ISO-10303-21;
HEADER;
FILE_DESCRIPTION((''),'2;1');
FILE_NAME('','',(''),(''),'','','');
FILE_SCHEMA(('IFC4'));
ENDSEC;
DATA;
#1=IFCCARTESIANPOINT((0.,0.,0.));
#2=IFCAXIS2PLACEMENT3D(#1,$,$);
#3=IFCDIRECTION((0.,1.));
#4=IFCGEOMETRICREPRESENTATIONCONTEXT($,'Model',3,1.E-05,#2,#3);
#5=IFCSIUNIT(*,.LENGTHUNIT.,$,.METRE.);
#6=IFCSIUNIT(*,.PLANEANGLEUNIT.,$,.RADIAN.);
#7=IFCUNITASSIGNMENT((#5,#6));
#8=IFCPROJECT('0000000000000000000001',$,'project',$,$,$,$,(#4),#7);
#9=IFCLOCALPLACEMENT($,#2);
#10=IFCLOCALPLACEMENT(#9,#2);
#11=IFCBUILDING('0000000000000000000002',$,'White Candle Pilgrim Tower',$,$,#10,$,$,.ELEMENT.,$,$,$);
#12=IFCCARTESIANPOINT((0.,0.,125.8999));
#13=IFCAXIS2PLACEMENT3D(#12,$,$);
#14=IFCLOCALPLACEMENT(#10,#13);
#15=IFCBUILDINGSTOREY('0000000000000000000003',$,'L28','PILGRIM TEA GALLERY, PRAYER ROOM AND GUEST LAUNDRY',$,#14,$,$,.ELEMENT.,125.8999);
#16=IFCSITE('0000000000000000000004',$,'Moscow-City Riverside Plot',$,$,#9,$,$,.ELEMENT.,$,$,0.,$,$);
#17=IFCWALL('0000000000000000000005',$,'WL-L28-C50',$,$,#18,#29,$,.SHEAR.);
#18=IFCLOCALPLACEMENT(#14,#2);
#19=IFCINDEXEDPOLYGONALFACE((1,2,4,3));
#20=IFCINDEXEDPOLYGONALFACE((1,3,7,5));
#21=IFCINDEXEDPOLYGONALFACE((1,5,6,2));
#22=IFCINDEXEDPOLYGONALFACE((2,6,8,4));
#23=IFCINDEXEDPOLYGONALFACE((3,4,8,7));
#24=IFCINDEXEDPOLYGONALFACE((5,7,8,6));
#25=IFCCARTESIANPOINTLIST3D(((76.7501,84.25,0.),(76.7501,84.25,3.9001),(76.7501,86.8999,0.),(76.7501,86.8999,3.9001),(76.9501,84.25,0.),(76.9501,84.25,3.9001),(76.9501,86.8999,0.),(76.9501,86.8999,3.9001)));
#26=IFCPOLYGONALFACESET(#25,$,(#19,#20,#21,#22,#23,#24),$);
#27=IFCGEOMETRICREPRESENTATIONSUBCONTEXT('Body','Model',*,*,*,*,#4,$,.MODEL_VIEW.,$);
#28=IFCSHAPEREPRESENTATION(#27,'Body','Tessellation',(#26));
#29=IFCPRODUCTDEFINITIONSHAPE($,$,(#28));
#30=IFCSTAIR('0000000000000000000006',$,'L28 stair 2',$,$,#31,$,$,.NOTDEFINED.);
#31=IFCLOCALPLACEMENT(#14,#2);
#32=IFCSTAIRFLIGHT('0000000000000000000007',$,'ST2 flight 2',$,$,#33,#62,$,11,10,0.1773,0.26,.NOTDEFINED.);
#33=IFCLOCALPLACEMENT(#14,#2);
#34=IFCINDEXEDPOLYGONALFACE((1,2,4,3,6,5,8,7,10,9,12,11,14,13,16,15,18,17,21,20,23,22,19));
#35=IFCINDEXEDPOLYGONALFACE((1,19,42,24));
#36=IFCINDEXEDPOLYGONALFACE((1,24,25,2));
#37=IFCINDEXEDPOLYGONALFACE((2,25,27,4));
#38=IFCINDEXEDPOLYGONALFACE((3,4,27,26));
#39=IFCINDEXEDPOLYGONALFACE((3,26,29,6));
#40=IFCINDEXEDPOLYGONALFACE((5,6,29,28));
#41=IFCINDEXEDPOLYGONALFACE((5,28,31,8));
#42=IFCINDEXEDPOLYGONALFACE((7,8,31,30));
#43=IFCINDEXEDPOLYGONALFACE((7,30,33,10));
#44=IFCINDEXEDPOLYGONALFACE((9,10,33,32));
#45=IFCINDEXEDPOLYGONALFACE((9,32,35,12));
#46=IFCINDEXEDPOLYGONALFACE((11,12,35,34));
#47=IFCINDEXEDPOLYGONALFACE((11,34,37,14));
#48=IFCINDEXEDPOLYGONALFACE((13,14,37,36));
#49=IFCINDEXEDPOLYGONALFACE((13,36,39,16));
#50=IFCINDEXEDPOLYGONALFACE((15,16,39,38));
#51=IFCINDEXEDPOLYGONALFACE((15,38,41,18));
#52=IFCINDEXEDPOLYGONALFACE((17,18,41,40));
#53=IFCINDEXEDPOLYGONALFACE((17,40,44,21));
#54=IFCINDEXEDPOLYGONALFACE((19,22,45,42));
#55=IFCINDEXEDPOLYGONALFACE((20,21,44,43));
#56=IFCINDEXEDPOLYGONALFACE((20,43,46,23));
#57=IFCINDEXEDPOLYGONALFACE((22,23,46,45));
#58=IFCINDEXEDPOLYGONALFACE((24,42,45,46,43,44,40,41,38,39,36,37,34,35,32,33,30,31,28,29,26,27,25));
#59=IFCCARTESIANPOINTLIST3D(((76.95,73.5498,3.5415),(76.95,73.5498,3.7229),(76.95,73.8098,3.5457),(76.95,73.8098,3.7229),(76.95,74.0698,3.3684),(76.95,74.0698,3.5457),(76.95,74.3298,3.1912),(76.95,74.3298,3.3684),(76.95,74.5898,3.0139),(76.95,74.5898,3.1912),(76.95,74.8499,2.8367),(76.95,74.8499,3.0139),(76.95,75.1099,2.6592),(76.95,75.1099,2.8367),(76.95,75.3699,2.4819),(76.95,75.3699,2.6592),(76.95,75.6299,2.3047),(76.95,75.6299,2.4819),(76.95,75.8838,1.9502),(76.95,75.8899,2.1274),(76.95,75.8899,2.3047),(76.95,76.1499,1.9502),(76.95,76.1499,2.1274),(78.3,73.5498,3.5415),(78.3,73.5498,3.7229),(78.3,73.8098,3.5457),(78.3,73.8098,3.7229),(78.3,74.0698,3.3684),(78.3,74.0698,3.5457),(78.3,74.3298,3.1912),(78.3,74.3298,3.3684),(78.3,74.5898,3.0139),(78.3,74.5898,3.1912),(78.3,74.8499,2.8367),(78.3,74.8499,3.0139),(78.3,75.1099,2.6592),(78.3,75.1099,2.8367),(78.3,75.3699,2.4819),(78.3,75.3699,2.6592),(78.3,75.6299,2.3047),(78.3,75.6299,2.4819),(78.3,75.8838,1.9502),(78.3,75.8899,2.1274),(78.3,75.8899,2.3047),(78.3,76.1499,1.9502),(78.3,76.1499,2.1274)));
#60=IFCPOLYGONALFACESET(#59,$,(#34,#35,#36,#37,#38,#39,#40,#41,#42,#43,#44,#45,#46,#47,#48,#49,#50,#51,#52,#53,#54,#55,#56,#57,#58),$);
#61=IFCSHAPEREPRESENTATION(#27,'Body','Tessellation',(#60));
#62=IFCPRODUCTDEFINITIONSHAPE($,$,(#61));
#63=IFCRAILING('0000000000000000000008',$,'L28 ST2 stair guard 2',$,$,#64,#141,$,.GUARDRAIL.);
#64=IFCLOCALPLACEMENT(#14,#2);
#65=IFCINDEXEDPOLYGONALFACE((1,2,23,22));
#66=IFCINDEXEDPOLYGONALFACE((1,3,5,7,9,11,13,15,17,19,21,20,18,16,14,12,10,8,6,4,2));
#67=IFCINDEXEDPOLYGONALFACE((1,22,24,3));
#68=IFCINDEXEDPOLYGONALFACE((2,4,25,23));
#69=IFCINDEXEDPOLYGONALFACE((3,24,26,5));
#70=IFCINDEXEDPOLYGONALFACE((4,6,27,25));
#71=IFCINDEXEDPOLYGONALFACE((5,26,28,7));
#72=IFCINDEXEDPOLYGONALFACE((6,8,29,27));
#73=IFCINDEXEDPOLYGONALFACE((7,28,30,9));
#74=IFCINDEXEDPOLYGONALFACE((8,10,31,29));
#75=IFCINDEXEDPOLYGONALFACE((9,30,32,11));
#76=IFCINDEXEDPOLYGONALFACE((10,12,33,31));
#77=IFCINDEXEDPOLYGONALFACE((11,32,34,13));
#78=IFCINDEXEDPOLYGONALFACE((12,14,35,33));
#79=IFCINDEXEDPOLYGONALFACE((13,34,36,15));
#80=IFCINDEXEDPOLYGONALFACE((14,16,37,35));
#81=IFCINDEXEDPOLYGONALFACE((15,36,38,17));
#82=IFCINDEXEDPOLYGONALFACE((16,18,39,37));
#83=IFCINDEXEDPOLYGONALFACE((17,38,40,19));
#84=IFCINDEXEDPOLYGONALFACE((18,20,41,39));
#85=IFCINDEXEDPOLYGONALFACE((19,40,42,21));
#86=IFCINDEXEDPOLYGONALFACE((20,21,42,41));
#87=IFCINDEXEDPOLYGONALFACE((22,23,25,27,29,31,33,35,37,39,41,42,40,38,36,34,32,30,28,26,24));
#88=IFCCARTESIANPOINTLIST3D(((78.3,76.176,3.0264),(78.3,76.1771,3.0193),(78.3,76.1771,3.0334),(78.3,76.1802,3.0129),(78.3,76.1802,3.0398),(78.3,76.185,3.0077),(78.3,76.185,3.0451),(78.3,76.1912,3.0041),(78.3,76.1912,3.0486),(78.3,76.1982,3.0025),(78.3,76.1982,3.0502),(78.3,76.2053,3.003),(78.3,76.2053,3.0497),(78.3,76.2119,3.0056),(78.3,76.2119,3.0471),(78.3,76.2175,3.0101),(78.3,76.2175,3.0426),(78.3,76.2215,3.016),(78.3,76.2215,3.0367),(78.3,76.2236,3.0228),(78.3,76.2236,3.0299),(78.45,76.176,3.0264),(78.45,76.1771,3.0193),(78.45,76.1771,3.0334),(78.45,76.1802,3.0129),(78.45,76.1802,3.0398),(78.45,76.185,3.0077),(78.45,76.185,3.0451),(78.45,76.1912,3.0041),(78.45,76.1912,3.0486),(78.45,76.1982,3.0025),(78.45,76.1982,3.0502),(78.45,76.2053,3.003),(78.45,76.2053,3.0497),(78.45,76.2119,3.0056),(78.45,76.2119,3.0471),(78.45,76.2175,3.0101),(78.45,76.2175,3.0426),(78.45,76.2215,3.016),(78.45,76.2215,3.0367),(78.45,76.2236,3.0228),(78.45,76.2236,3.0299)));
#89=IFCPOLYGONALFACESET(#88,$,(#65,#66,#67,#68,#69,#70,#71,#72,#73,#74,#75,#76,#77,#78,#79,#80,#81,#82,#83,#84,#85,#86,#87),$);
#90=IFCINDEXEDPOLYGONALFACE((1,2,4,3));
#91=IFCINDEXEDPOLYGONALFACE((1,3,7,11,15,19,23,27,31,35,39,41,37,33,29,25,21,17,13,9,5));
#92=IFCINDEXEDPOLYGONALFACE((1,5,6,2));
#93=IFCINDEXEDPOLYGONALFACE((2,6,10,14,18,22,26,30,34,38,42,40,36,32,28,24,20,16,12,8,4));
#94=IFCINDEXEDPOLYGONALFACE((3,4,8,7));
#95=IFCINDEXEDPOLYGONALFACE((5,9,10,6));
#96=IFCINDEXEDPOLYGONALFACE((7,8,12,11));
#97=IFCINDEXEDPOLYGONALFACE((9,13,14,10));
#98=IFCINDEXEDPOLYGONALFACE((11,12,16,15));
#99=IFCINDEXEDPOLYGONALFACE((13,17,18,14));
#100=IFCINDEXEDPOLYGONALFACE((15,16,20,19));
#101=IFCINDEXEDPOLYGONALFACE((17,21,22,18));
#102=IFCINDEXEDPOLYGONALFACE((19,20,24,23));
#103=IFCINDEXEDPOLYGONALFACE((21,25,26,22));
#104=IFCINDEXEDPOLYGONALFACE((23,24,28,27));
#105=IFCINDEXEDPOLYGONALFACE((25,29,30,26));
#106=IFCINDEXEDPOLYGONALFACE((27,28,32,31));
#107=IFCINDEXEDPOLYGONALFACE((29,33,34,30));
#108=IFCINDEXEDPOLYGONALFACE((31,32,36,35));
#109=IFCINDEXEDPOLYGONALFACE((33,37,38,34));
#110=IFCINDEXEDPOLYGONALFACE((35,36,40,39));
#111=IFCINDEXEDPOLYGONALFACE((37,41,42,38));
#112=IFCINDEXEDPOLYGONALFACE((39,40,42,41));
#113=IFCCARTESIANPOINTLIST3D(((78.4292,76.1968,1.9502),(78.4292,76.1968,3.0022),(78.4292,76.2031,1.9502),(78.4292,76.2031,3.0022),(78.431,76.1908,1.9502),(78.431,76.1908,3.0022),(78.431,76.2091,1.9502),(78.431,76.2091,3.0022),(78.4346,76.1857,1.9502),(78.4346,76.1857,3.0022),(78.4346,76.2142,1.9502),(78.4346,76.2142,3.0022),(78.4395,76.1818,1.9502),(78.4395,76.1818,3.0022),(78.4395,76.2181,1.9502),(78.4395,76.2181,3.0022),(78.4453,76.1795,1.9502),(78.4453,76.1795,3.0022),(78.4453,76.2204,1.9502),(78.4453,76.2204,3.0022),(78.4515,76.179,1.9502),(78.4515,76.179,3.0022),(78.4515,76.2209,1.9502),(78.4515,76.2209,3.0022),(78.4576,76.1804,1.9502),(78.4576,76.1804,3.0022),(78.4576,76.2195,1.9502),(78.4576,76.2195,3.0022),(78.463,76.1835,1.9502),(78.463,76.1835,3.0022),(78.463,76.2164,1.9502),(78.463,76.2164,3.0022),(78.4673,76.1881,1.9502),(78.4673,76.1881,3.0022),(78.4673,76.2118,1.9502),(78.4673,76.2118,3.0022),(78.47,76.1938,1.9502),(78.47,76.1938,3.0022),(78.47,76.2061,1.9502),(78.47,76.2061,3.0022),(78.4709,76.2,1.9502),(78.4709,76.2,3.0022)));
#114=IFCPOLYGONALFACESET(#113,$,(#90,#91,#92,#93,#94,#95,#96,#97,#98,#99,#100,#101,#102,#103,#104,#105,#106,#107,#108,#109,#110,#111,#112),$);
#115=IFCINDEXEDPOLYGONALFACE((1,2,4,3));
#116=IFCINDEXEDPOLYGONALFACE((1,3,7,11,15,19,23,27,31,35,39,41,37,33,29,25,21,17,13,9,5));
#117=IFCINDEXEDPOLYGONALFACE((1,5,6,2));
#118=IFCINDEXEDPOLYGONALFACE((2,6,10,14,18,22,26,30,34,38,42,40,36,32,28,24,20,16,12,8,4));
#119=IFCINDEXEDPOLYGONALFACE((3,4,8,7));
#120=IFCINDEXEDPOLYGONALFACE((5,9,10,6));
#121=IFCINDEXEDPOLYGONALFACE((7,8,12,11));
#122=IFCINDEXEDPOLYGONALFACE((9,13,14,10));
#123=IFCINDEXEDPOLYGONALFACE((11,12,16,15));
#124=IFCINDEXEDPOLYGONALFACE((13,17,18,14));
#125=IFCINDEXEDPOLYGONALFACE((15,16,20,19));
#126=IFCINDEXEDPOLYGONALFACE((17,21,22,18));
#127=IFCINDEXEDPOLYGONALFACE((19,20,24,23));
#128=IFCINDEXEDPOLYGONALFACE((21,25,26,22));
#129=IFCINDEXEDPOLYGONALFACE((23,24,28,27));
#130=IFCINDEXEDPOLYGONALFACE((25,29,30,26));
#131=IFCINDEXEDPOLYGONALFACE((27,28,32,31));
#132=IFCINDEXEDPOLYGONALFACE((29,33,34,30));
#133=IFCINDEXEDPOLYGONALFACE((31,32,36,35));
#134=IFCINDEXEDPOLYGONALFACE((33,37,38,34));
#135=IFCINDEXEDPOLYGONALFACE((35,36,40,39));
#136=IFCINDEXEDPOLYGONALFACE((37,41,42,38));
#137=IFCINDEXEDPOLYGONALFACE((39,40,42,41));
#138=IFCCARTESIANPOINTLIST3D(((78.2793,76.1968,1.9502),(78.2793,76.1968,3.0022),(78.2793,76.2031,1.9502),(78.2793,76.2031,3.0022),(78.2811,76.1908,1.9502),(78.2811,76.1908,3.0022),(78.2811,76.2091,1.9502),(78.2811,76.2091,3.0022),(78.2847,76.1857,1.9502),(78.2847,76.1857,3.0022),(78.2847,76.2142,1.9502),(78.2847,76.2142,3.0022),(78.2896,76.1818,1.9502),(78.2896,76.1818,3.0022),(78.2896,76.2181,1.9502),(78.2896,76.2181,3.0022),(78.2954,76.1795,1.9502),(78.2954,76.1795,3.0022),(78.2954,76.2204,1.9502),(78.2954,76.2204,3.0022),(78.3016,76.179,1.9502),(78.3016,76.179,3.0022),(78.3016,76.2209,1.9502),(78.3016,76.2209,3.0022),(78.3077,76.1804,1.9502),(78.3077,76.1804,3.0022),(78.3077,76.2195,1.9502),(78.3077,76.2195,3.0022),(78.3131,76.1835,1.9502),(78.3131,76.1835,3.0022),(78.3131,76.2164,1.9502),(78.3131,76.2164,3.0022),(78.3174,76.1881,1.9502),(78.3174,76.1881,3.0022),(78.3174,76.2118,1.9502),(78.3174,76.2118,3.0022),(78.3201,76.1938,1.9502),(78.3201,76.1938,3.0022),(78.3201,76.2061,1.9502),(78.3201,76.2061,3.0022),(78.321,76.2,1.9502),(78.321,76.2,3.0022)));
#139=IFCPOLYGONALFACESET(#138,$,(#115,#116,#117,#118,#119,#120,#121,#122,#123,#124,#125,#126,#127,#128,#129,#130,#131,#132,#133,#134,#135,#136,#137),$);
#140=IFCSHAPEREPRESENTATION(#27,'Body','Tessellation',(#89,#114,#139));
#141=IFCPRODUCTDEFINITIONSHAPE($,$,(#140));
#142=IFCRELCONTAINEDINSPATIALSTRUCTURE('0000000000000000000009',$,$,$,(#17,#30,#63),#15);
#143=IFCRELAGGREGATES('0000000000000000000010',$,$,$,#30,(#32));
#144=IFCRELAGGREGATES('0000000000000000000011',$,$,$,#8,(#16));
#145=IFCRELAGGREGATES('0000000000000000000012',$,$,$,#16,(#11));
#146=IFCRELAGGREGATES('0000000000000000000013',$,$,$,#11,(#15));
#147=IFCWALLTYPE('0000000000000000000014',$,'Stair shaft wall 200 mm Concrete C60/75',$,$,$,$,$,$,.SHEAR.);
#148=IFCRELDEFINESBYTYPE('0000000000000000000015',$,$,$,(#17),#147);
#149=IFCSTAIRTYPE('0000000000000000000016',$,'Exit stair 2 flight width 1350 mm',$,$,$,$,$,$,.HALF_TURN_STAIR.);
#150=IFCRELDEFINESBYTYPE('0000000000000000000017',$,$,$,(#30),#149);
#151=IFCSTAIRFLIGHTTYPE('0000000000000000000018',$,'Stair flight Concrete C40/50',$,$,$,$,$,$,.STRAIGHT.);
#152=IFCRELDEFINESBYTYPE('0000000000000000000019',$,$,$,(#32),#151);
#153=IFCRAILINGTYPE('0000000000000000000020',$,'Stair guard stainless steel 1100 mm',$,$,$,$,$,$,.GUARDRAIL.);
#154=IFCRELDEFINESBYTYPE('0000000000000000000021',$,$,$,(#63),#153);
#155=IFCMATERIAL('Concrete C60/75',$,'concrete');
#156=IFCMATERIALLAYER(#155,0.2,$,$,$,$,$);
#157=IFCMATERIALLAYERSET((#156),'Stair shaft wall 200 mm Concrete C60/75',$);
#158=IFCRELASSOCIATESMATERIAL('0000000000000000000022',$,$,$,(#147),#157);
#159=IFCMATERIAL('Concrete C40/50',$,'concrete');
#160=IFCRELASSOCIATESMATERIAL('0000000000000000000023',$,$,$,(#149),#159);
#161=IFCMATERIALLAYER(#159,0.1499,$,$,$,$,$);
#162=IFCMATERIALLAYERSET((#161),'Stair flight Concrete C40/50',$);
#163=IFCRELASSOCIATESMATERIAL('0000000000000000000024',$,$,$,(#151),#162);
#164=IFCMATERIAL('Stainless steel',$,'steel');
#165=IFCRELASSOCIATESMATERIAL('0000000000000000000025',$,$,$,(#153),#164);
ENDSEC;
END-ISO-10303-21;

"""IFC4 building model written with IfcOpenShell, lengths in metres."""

from ifc_helpers import new_model, si_unit, direction, frame, frame_2d, origin, origin_2d, place, context, subcontext, project, spatial, polyline, rectangle, circle, outline, extrude, material, layer, layer_set, type_object, element, aggregate, save


model = new_model("IFC4")

# Units and contexts
model_context = context("Model", 3, precision=1e-05, world=origin(), true_north=direction((0.0, 1.0)))
body_context = subcontext(model_context, "Body", "Model", "MODEL_VIEW")
ifc_project = project(units=[si_unit("LENGTHUNIT", "METRE"), si_unit("PLANEANGLEUNIT", "RADIAN")], contexts=[model_context])

# Site, building, storey
site_placement = place(None, origin())
site = spatial("IfcSite", under=ifc_project, at=site_placement, Name="Moscow-City Riverside Plot", CompositionType="ELEMENT", RefElevation=0.0)
building_placement = place(site_placement, origin())
building = spatial("IfcBuilding", under=site, at=building_placement, Name="White Candle Pilgrim Tower", CompositionType="ELEMENT")
storey_placement = place(building_placement, frame((0.0, 0.0, 125.8999)))
storey = spatial("IfcBuildingStorey", under=building, at=storey_placement, Name="L28", Description="PILGRIM TEA GALLERY, PRAYER ROOM AND GUEST LAUNDRY", CompositionType="ELEMENT", Elevation=125.8999)

# Shared definitions
ifc_material_1 = material(Name="Concrete C60/75", Category="concrete")

# Wall
ifc_layer_1 = layer(ifc_material_1, 0.2)
ifc_layer_set_1 = layer_set([ifc_layer_1], Name="Stair shaft wall 200 mm Concrete C60/75")
wall_type_1 = type_object("IfcWallType", Name="Stair shaft wall 200 mm Concrete C60/75", PredefinedType="SHEAR", material=ifc_layer_set_1)
wall_1_placement = place(storey_placement, frame((76.8501, 84.25, 0.0), z_axis=(0.0, 0.0, 1.0), x_axis=(0.0, 1.0, 0.0)))
element("IfcWall", 1, at=wall_1_placement, inside=storey, type_object=wall_type_1, Name="WL-L28-C50", PredefinedType="SHEAR", context=body_context, shape_type="SweptSolid", body=[
    extrude(rectangle(XDim=2.6499, YDim=0.2, at=frame_2d((1.325, 0.0))), origin(), (0.0, 0.0, 1.0), 3.9001),
])

# Stair, stair flight
ifc_material_2 = material(Name="Concrete C40/50", Category="concrete")
stair_type = type_object("IfcStairType", Name="Exit stair 2 flight width 1350 mm", PredefinedType="HALF_TURN_STAIR", material=ifc_material_2)
stair_placement = place(storey_placement, origin())
stair = element("IfcStair", 2, at=stair_placement, inside=storey, type_object=stair_type, Name="L28 stair 2", PredefinedType="NOTDEFINED")
ifc_layer_2 = layer(ifc_material_2, 0.1499)
ifc_layer_set_2 = layer_set([ifc_layer_2], Name="Stair flight Concrete C40/50")
stair_flight_type = type_object("IfcStairFlightType", Name="Stair flight Concrete C40/50", PredefinedType="STRAIGHT", material=ifc_layer_set_2)
stair_flight_placement = place(storey_placement, frame((77.625, 76.1499, 1.9502), z_axis=(0.0, 0.0, 1.0), x_axis=(0.0, -1.0, 0.0)))
stair_flight = element("IfcStairFlight", 3, at=stair_flight_placement, type_object=stair_flight_type, Name="ST2 flight 2", NumberOfRisers=11, NumberOfTreads=10, PredefinedType="NOTDEFINED", RiserHeight=0.1773, TreadLength=0.26, context=body_context, shape_type="SweptSolid", body=[
    extrude(outline(polyline([(0.0, 0.0), (0.0, 0.1772), (0.26, 0.1772), (0.26, 0.3545), (0.52, 0.3545), (0.52, 0.5317), (0.78, 0.5317), (0.78, 0.709), (1.04, 0.709), (1.04, 0.8865), (1.3, 0.8865), (1.3, 1.0637), (1.5601, 1.0637), (1.5601, 1.241), (1.8201, 1.241), (1.8201, 1.4182), (2.0801, 1.4182), (2.0801, 1.5955), (2.3401, 1.5955), (2.3401, 1.7727), (2.6001, 1.7727), (2.6001, 1.95), (2.6001, 1.5913), (0.2661, 0.0), (0.0, 0.0)])), frame((0.0, 0.675, 0.0), z_axis=(0.0, -1.0, 0.0), x_axis=(1.0, 0.0, 0.0)), (0.0, 0.0, 1.0), 1.3501),
])
aggregate(stair, [stair_flight])

# Railing
ifc_material_3 = material(Name="Stainless steel", Category="steel")
railing_type_1 = type_object("IfcRailingType", Name="Stair guard stainless steel 1100 mm", PredefinedType="GUARDRAIL", material=ifc_material_3)
railing_1_placement = place(storey_placement, frame((78.45, 76.2, 1.9502)))
element("IfcRailing", 4, at=railing_1_placement, inside=storey, type_object=railing_type_1, Name="L28 ST2 stair guard 2", PredefinedType="GUARDRAIL", context=body_context, shape_type="SweptSolid", body=[
    extrude(circle(Radius=0.0239, at=origin_2d()), frame((0.0, 0.0, 1.0762), z_axis=(-1.0, 0.0, 0.0), x_axis=(0.0, -1.0, 0.0)), (0.0, 0.0, 1.0), 0.1499),
    extrude(circle(Radius=0.021, at=origin_2d()), origin(), (0.0, 0.0, 1.0), 1.052),
    extrude(circle(Radius=0.021, at=origin_2d()), frame((-0.1499, 0.0, 0.0)), (0.0, 0.0, 1.0), 1.052),
])

save(model, "model.ifc")
